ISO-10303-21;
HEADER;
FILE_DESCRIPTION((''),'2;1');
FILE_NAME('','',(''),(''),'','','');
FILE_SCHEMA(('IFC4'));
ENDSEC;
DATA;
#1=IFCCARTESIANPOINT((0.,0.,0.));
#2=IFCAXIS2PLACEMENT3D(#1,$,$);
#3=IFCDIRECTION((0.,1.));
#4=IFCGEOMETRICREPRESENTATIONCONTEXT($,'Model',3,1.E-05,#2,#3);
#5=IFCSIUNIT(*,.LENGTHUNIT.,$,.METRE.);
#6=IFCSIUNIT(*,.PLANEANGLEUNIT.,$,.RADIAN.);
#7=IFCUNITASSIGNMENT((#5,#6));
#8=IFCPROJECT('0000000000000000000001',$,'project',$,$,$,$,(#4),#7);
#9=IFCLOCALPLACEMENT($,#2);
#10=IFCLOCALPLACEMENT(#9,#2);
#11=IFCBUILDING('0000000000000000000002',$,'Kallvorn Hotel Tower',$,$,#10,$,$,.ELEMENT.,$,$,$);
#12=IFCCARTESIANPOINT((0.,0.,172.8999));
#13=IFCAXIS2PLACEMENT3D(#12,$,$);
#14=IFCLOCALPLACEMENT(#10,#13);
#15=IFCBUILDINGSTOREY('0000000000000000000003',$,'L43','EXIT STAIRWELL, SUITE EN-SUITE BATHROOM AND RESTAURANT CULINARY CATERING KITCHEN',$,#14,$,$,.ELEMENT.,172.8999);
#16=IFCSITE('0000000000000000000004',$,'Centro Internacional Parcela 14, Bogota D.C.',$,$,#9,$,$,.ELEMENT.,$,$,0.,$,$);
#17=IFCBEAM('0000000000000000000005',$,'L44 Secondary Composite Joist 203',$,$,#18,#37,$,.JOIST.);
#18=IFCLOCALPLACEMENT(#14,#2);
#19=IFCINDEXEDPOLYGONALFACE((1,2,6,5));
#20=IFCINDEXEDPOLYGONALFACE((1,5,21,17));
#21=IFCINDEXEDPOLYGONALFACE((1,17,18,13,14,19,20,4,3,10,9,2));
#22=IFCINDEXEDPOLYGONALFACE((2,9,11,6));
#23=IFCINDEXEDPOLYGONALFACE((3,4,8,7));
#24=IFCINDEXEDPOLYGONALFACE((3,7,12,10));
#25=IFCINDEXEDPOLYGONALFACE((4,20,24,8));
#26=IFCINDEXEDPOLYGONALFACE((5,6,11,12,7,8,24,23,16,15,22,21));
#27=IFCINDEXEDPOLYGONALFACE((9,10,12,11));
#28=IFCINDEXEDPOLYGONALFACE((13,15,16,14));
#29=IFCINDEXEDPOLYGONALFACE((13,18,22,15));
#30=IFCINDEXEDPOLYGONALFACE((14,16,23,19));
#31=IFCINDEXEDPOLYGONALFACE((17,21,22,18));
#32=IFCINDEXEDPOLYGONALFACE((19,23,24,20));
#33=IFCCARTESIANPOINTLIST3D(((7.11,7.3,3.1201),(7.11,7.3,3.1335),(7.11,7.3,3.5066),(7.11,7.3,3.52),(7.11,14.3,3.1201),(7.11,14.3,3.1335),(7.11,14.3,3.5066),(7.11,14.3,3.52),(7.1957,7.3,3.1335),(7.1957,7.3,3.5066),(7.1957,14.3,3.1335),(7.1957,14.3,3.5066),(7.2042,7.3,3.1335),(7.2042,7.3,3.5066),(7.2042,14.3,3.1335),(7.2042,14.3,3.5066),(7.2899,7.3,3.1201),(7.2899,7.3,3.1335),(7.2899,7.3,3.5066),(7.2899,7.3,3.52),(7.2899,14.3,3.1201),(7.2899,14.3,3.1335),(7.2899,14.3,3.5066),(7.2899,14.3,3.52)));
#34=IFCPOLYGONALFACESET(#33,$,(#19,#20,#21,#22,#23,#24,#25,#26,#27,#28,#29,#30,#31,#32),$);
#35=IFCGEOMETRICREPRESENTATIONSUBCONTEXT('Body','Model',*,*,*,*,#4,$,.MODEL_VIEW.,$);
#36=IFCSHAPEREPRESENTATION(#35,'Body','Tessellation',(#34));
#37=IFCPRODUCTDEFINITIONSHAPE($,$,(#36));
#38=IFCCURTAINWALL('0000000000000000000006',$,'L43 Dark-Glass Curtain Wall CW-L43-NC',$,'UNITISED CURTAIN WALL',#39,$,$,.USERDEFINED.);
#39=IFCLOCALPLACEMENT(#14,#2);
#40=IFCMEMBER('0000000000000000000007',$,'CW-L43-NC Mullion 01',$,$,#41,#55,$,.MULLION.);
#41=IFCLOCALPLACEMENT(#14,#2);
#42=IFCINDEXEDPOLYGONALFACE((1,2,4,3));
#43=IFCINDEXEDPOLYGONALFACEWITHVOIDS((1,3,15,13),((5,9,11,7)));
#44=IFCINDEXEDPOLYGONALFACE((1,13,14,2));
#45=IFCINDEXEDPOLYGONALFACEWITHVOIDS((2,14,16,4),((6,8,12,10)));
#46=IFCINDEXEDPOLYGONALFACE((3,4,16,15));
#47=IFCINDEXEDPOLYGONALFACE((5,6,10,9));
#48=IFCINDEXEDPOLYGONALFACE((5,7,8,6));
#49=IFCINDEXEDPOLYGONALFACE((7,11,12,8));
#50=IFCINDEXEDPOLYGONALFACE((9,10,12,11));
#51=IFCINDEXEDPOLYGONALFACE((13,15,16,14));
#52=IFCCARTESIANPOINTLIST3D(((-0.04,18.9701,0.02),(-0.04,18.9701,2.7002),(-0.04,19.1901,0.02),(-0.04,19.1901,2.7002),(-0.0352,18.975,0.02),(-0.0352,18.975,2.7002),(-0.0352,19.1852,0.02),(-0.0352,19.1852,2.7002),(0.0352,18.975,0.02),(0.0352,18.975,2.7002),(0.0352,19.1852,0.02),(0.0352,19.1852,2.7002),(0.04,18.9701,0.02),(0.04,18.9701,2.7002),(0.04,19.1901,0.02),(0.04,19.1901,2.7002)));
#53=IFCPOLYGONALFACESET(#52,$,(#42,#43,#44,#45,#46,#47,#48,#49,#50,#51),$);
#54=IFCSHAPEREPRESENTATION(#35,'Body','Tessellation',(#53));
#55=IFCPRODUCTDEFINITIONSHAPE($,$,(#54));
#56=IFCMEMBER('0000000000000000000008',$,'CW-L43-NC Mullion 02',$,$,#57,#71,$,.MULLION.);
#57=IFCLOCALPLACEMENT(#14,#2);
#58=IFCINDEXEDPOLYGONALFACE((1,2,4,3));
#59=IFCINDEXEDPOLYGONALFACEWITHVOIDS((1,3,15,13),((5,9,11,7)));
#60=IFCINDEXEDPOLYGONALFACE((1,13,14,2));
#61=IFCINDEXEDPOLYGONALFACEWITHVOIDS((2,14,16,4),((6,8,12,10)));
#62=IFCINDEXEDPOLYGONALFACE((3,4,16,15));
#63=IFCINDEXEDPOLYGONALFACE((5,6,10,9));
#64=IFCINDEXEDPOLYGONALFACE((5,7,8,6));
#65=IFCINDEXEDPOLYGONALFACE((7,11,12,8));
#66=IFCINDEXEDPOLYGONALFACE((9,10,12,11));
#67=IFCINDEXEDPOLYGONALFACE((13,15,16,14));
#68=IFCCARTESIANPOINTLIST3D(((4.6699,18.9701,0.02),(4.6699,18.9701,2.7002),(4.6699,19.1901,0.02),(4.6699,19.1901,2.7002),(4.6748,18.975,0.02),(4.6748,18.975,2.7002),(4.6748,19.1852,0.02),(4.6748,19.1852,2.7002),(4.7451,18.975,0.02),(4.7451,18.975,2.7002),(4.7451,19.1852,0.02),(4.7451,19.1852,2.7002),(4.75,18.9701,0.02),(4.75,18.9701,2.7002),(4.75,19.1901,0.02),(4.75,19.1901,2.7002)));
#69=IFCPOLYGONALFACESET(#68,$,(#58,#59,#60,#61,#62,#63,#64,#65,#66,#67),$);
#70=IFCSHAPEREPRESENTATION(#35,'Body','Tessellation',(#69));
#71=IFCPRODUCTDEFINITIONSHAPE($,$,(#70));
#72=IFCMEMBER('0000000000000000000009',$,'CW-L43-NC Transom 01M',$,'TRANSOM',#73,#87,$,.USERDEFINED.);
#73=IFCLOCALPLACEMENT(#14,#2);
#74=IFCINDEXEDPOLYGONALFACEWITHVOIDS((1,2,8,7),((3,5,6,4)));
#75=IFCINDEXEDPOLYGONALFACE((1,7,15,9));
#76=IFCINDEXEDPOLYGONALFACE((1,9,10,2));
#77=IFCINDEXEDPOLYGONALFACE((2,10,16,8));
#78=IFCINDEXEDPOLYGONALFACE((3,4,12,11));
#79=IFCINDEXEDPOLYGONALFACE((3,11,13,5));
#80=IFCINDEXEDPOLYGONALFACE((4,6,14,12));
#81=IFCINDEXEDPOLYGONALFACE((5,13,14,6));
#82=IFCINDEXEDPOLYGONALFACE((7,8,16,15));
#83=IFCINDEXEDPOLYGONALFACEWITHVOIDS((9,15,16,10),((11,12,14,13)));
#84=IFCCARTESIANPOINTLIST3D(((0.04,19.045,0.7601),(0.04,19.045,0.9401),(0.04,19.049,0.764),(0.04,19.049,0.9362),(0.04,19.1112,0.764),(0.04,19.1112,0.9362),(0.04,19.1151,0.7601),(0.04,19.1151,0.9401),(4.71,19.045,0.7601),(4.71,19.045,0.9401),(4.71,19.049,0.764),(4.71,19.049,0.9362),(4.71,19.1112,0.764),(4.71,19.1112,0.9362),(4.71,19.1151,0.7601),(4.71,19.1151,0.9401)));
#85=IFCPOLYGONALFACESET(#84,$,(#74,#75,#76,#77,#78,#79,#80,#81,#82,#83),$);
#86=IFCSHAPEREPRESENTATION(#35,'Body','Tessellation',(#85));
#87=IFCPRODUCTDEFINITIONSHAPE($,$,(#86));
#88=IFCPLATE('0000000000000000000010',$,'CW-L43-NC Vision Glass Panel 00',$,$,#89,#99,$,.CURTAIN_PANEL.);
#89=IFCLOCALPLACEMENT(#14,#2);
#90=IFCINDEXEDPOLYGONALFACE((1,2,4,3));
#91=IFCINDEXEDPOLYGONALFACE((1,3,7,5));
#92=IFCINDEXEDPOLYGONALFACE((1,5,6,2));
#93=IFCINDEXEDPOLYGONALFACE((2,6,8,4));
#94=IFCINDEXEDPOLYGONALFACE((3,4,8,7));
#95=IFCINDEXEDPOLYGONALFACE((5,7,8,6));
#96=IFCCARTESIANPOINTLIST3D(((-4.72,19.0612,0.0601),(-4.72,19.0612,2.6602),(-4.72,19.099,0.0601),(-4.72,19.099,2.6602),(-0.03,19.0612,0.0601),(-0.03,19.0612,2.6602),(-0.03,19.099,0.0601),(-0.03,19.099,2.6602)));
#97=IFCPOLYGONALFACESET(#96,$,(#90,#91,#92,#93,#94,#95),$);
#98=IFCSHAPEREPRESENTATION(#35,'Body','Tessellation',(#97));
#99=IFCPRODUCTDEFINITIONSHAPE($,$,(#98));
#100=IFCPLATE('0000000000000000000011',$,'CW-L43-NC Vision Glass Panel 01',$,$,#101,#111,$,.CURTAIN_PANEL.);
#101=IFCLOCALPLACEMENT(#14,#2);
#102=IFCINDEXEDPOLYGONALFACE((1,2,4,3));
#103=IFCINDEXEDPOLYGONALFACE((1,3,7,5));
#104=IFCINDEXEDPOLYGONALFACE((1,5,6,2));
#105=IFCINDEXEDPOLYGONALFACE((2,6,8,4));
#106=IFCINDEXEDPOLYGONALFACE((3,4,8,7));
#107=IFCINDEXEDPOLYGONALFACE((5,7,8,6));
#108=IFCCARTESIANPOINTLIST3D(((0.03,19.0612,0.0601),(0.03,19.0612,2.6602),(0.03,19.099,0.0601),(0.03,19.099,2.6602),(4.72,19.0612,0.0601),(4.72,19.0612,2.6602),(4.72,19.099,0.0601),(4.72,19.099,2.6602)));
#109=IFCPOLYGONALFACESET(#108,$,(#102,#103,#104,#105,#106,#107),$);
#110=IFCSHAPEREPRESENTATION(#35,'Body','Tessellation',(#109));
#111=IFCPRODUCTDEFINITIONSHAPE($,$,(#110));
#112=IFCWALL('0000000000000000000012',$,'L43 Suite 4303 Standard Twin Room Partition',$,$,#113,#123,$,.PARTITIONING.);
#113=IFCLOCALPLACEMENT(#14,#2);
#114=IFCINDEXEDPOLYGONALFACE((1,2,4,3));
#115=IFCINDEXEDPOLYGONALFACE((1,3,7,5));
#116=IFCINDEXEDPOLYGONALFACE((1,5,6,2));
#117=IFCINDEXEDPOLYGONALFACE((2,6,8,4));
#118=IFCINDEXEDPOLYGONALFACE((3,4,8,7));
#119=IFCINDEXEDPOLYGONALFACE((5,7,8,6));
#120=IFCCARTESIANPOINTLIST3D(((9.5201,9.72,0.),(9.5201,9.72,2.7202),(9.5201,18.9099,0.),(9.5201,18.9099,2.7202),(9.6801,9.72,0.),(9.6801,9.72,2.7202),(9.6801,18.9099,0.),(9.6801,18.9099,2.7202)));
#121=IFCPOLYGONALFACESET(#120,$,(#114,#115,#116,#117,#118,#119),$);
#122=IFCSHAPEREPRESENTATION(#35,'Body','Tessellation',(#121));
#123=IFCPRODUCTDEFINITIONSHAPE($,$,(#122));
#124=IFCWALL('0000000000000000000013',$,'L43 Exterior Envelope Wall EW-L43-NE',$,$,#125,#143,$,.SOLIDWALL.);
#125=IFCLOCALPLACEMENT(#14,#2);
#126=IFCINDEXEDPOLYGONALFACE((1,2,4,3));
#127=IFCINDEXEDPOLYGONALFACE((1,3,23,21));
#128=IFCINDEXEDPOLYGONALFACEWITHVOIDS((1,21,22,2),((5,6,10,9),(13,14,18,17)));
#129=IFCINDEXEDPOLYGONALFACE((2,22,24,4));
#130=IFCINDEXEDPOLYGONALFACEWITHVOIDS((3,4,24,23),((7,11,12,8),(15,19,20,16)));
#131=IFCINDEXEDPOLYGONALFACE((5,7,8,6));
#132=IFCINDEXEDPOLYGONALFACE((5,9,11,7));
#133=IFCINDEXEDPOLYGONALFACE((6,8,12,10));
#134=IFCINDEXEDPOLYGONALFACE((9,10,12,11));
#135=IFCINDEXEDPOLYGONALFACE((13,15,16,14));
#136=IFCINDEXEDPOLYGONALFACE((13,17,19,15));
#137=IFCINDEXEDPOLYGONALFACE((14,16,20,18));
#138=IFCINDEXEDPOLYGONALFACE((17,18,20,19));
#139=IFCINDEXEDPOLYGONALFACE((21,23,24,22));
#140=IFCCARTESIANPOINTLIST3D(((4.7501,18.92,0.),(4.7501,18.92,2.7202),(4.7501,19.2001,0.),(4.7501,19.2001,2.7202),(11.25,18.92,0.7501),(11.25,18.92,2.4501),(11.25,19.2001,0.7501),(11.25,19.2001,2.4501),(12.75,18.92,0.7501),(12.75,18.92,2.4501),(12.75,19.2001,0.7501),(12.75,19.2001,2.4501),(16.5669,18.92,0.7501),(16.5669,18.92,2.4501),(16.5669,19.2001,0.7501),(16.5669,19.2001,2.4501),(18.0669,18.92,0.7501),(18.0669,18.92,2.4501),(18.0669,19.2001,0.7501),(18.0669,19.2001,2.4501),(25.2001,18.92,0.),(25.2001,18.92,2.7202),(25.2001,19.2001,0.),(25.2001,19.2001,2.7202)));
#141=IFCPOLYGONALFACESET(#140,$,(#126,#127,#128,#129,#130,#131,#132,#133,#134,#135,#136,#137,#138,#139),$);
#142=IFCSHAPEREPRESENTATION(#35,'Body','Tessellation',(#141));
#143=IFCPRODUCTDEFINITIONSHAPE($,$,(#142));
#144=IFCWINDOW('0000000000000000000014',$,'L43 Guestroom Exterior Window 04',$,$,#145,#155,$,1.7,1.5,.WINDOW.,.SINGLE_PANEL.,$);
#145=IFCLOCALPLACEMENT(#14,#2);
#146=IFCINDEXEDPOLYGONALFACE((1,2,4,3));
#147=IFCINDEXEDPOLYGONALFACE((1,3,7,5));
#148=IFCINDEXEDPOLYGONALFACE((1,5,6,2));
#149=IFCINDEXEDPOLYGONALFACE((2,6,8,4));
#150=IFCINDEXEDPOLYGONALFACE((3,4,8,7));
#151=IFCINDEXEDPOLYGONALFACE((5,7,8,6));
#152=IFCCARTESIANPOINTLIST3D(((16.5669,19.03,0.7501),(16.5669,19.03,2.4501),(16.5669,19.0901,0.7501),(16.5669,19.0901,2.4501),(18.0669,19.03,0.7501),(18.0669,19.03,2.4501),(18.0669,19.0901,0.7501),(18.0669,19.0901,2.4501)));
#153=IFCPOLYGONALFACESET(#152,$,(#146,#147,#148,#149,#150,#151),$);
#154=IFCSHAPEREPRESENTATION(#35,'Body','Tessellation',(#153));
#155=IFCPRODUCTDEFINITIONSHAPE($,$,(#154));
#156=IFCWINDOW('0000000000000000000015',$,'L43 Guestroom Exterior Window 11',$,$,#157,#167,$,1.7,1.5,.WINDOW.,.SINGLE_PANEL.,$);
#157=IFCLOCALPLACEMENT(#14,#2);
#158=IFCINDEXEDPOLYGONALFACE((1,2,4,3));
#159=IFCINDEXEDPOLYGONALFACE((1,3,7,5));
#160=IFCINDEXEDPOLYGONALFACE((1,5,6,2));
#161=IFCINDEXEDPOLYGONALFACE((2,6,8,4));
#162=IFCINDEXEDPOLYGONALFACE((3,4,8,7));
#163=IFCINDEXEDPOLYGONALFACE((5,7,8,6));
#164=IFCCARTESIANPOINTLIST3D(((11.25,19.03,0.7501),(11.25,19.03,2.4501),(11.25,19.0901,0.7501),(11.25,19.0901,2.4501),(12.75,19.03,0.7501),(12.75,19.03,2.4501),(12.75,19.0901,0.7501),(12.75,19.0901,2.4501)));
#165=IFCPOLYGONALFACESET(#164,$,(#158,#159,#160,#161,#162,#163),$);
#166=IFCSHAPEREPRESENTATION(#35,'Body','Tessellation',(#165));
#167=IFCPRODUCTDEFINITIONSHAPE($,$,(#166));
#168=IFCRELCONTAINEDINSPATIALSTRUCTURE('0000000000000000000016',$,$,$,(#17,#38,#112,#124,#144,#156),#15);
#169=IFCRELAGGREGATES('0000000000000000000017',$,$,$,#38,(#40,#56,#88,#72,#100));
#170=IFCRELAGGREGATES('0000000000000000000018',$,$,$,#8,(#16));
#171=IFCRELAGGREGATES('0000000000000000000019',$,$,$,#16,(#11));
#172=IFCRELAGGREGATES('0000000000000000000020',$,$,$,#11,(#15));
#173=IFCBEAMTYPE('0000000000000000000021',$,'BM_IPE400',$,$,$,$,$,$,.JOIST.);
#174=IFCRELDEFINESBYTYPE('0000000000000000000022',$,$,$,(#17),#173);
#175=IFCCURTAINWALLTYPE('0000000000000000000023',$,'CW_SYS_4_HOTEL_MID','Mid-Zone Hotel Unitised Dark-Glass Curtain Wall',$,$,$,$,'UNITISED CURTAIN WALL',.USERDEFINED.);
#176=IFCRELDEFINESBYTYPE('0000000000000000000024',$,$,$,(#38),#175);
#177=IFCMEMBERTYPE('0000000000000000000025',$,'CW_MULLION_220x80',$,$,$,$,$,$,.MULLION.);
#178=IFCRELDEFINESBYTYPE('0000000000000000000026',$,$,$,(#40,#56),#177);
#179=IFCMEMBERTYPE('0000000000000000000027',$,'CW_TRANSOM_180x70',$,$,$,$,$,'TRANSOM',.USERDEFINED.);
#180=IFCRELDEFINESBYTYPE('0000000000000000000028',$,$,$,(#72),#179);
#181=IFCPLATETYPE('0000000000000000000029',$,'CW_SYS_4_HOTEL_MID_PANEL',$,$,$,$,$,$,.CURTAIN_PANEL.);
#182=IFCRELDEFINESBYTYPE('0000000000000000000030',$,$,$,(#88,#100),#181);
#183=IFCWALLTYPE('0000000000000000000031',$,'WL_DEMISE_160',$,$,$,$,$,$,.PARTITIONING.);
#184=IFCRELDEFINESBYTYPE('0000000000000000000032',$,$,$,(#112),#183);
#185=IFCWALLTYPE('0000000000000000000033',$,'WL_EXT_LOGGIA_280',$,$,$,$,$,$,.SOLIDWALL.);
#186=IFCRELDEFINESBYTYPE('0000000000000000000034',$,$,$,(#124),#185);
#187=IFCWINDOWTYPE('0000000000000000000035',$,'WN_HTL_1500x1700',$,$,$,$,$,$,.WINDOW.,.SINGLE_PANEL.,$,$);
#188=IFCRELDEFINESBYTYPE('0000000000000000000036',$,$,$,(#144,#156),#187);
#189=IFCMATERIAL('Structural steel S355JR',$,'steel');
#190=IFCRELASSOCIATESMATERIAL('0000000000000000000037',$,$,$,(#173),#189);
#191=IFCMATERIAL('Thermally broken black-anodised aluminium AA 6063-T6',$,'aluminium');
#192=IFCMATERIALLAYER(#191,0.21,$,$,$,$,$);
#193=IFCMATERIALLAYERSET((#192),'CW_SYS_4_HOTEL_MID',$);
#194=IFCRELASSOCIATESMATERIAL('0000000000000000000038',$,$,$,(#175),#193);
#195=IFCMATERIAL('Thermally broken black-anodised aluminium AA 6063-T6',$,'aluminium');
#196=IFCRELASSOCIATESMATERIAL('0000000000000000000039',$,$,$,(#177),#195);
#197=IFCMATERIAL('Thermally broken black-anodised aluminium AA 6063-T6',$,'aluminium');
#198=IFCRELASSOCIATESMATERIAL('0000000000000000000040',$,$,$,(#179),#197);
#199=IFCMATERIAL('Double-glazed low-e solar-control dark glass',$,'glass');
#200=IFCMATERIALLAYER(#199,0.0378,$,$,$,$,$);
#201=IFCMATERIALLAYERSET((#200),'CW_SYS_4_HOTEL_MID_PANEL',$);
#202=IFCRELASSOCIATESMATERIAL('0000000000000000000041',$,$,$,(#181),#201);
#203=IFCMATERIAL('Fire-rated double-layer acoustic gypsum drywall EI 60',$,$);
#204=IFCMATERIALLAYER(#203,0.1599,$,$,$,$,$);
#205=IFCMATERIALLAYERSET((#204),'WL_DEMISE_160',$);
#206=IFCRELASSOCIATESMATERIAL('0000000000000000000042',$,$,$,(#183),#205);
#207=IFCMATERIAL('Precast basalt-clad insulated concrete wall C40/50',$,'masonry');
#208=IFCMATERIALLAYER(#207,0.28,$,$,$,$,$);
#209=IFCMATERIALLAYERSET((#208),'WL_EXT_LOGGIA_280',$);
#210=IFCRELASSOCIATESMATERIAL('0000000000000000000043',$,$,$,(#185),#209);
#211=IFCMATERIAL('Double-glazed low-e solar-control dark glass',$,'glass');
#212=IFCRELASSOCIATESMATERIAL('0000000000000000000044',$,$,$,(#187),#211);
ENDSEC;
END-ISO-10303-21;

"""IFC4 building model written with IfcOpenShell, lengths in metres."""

from ifc_helpers import new_model, si_unit, direction, frame, frame_2d, origin, origin_2d, place, context, subcontext, project, spatial, rectangle, hollow_rectangle, i_section, extrude, material, layer, layer_set, material_profile, profile_set, type_object, element, fill, aggregate, save


model = new_model("IFC4")

# Units and contexts
model_context = context("Model", 3, precision=1e-05, world=origin(), true_north=direction((0.0, 1.0)))
body_context = subcontext(model_context, "Body", "Model", "MODEL_VIEW")
ifc_project = project(units=[si_unit("LENGTHUNIT", "METRE"), si_unit("PLANEANGLEUNIT", "RADIAN")], contexts=[model_context])

# Site, building, storey
site_placement = place(None, origin())
site = spatial("IfcSite", under=ifc_project, at=site_placement, Name="Centro Internacional Parcela 14, Bogota D.C.", CompositionType="ELEMENT", RefElevation=0.0)
building_placement = place(site_placement, origin())
building = spatial("IfcBuilding", under=site, at=building_placement, Name="Kallvorn Hotel Tower", CompositionType="ELEMENT")
storey_placement = place(building_placement, frame((0.0, 0.0, 172.8999)))
storey = spatial("IfcBuildingStorey", under=building, at=storey_placement, Name="L43", Description="EXIT STAIRWELL, SUITE EN-SUITE BATHROOM AND RESTAURANT CULINARY CATERING KITCHEN", CompositionType="ELEMENT", Elevation=172.8999)

# Beam
ifc_material_1 = material(Name="Structural steel S355JR", Category="steel")
ifc_material_profile_1 = material_profile(ifc_material_1, i_section(OverallWidth=0.1799, OverallDepth=0.3999, WebThickness=0.0085, FlangeThickness=0.0134, at=origin_2d()), Name="IPE 400")
ifc_profile_set_1 = profile_set([ifc_material_profile_1], Name="Structural steel S355JR")
beam_type_1 = type_object("IfcBeamType", Name="BM_IPE400", PredefinedType="JOIST", material=ifc_profile_set_1)
for number, where, z_axis, x_axis, name in (
    (1, (7.2, 7.3, 3.3201), (0.0, 1.0, 0.0), (-1.0, 0.0, 0.0), "L44 Secondary Composite Joist 203"),
):
    element("IfcBeam", number, at=place(storey_placement, frame(where, z_axis=z_axis, x_axis=x_axis)), inside=storey, type_object=beam_type_1, Name=name, PredefinedType="JOIST", context=body_context, shape_type="SweptSolid", body=[
        extrude(i_section(OverallWidth=0.1799, OverallDepth=0.3999, WebThickness=0.0085, FlangeThickness=0.0134, at=origin_2d()), origin(), (0.0, 0.0, 1.0), 7.0),
    ])

# Curtain wall, members, plates
ifc_material_2 = material(Name="Thermally broken black-anodised aluminium AA 6063-T6", Category="aluminium")
ifc_layer_1 = layer(ifc_material_2, 0.21)
ifc_layer_set_1 = layer_set([ifc_layer_1], Name="CW_SYS_4_HOTEL_MID")
curtain_wall_type = type_object("IfcCurtainWallType", Name="CW_SYS_4_HOTEL_MID", Description="Mid-Zone Hotel Unitised Dark-Glass Curtain Wall", ElementType="UNITISED CURTAIN WALL", PredefinedType="USERDEFINED", material=ifc_layer_set_1)
curtain_wall_placement = place(storey_placement, origin())
curtain_wall = element("IfcCurtainWall", 2, at=curtain_wall_placement, inside=storey, type_object=curtain_wall_type, Name="L43 Dark-Glass Curtain Wall CW-L43-NC", ObjectType="UNITISED CURTAIN WALL", PredefinedType="USERDEFINED")
ifc_material_3 = material(Name="Thermally broken black-anodised aluminium AA 6063-T6", Category="aluminium")
ifc_material_profile_2 = material_profile(ifc_material_3, hollow_rectangle(XDim=0.0801, YDim=0.22, WallThickness=0.0049, at=origin_2d()), Name="MUL 220x80")
ifc_profile_set_2 = profile_set([ifc_material_profile_2], Name="Thermally broken black-anodised aluminium AA 6063-T6")
member_type_1 = type_object("IfcMemberType", Name="CW_MULLION_220x80", PredefinedType="MULLION", material=ifc_profile_set_2)
member_1_placement = place(storey_placement, frame((0.0, 19.0801, 0.02), z_axis=(0.0, 0.0, 1.0), x_axis=(1.0, 0.0, 0.0)))
member_1 = element("IfcMember", 3, at=member_1_placement, type_object=member_type_1, Name="CW-L43-NC Mullion 01", PredefinedType="MULLION", context=body_context, shape_type="SweptSolid", body=[
    extrude(hollow_rectangle(XDim=0.0801, YDim=0.22, WallThickness=0.0049, at=origin_2d()), origin(), (0.0, 0.0, 1.0), 2.6802),
])
member_2_placement = place(storey_placement, frame((4.71, 19.0801, 0.02), z_axis=(0.0, 0.0, 1.0), x_axis=(1.0, 0.0, 0.0)))
member_2 = element("IfcMember", 4, at=member_2_placement, type_object=member_type_1, Name="CW-L43-NC Mullion 02", PredefinedType="MULLION", context=body_context, shape_type="SweptSolid", body=[
    extrude(hollow_rectangle(XDim=0.0801, YDim=0.22, WallThickness=0.0049, at=origin_2d()), origin(), (0.0, 0.0, 1.0), 2.6802),
])
ifc_material_4 = material(Name="Thermally broken black-anodised aluminium AA 6063-T6", Category="aluminium")
ifc_material_profile_3 = material_profile(ifc_material_4, hollow_rectangle(XDim=0.0701, YDim=0.1799, WallThickness=0.0039, at=origin_2d()), Name="TRN 180x70")
ifc_profile_set_3 = profile_set([ifc_material_profile_3], Name="Thermally broken black-anodised aluminium AA 6063-T6")
member_type_2 = type_object("IfcMemberType", Name="CW_TRANSOM_180x70", ElementType="TRANSOM", PredefinedType="USERDEFINED", material=ifc_profile_set_3)
member_3_placement = place(storey_placement, frame((0.04, 19.0801, 0.8501), z_axis=(1.0, 0.0, 0.0), x_axis=(0.0, 1.0, 0.0)))
member_3 = element("IfcMember", 5, at=member_3_placement, type_object=member_type_2, Name="CW-L43-NC Transom 01M", ObjectType="TRANSOM", PredefinedType="USERDEFINED", context=body_context, shape_type="SweptSolid", body=[
    extrude(hollow_rectangle(XDim=0.0701, YDim=0.1799, WallThickness=0.0039, at=origin_2d()), origin(), (0.0, 0.0, 1.0), 4.6699),
])
ifc_material_5 = material(Name="Double-glazed low-e solar-control dark glass", Category="glass")
ifc_layer_2 = layer(ifc_material_5, 0.0378)
ifc_layer_set_2 = layer_set([ifc_layer_2], Name="CW_SYS_4_HOTEL_MID_PANEL")
plate_type = type_object("IfcPlateType", Name="CW_SYS_4_HOTEL_MID_PANEL", PredefinedType="CURTAIN_PANEL", material=ifc_layer_set_2)
plate_1_placement = place(storey_placement, frame((-2.375, 19.0801, 0.0601), z_axis=(0.0, 0.0, 1.0), x_axis=(1.0, 0.0, 0.0)))
plate_1 = element("IfcPlate", 6, at=plate_1_placement, type_object=plate_type, Name="CW-L43-NC Vision Glass Panel 00", PredefinedType="CURTAIN_PANEL", context=body_context, shape_type="SweptSolid", body=[
    extrude(rectangle(XDim=4.6899, YDim=0.0378, at=origin_2d()), origin(), (0.0, 0.0, 1.0), 2.6001),
])
plate_2_placement = place(storey_placement, frame((2.375, 19.0801, 0.0601), z_axis=(0.0, 0.0, 1.0), x_axis=(1.0, 0.0, 0.0)))
plate_2 = element("IfcPlate", 7, at=plate_2_placement, type_object=plate_type, Name="CW-L43-NC Vision Glass Panel 01", PredefinedType="CURTAIN_PANEL", context=body_context, shape_type="SweptSolid", body=[
    extrude(rectangle(XDim=4.6899, YDim=0.0378, at=origin_2d()), origin(), (0.0, 0.0, 1.0), 2.6001),
])
aggregate(curtain_wall, [member_1, member_2, plate_1, member_3, plate_2])

# Wall
ifc_material_6 = material(Name="Fire-rated double-layer acoustic gypsum drywall EI 60")
ifc_layer_3 = layer(ifc_material_6, 0.1599)
ifc_layer_set_3 = layer_set([ifc_layer_3], Name="WL_DEMISE_160")
wall_type_1 = type_object("IfcWallType", Name="WL_DEMISE_160", PredefinedType="PARTITIONING", material=ifc_layer_set_3)
wall_1_placement = place(storey_placement, frame((9.6001, 9.72, 0.0), z_axis=(0.0, 0.0, 1.0), x_axis=(0.0, 1.0, 0.0)))
element("IfcWall", 8, at=wall_1_placement, inside=storey, type_object=wall_type_1, Name="L43 Suite 4303 Standard Twin Room Partition", PredefinedType="PARTITIONING", context=body_context, shape_type="SweptSolid", body=[
    extrude(rectangle(XDim=9.1899, YDim=0.1599, at=frame_2d((4.595, 0.0))), origin(), (0.0, 0.0, 1.0), 2.7202),
])

# Wall, openings, windows
ifc_material_7 = material(Name="Precast basalt-clad insulated concrete wall C40/50", Category="masonry")
ifc_layer_4 = layer(ifc_material_7, 0.28)
ifc_layer_set_4 = layer_set([ifc_layer_4], Name="WL_EXT_LOGGIA_280")
wall_type_2 = type_object("IfcWallType", Name="WL_EXT_LOGGIA_280", PredefinedType="SOLIDWALL", material=ifc_layer_set_4)
wall_2_placement = place(storey_placement, frame((4.75, 19.0601, 0.0), z_axis=(0.0, 0.0, 1.0), x_axis=(1.0, 0.0, 0.0)))
wall_2 = element("IfcWall", 9, at=wall_2_placement, inside=storey, type_object=wall_type_2, Name="L43 Exterior Envelope Wall EW-L43-NE", PredefinedType="SOLIDWALL", context=body_context, shape_type="SweptSolid", body=[
    extrude(rectangle(XDim=20.45, YDim=0.28, at=frame_2d((10.2251, 0.0))), origin(), (0.0, 0.0, 1.0), 2.7202),
])
opening_1_placement = place(wall_2_placement, frame((11.8169, 0.0, 0.75)))
opening_1 = element("IfcOpeningElement", 10, at=opening_1_placement, cuts=wall_2, PredefinedType="OPENING", context=body_context, shape_type="SweptSolid", body=[
    extrude(rectangle(XDim=1.5, YDim=1.7, at=frame_2d((0.75, 0.8501))), frame((0.0, 0.155, 0.0), z_axis=(0.0, -1.0, 0.0), x_axis=(1.0, 0.0, 0.0)), (0.0, 0.0, 1.0), 0.3101),
])
opening_2_placement = place(wall_2_placement, frame((6.5, 0.0, 0.75)))
opening_2 = element("IfcOpeningElement", 11, at=opening_2_placement, cuts=wall_2, PredefinedType="OPENING", context=body_context, shape_type="SweptSolid", body=[
    extrude(rectangle(XDim=1.5, YDim=1.7, at=frame_2d((0.75, 0.8501))), frame((0.0, 0.155, 0.0), z_axis=(0.0, -1.0, 0.0), x_axis=(1.0, 0.0, 0.0)), (0.0, 0.0, 1.0), 0.3101),
])
ifc_material_8 = material(Name="Double-glazed low-e solar-control dark glass", Category="glass")
window_type = type_object("IfcWindowType", Name="WN_HTL_1500x1700", PartitioningType="SINGLE_PANEL", PredefinedType="WINDOW", material=ifc_material_8)
window_1_placement = place(opening_1_placement, origin())
window_1 = element("IfcWindow", 12, at=window_1_placement, inside=storey, type_object=window_type, Name="L43 Guestroom Exterior Window 04", OverallHeight=1.7, OverallWidth=1.5, PartitioningType="SINGLE_PANEL", PredefinedType="WINDOW", context=body_context, shape_type="SweptSolid", body=[
    extrude(rectangle(XDim=1.5, YDim=1.7, at=frame_2d((0.75, 0.8501))), frame((0.0, 0.03, 0.0), z_axis=(0.0, -1.0, 0.0), x_axis=(1.0, 0.0, 0.0)), (0.0, 0.0, 1.0), 0.0601),
])
fill(opening_1, window_1)
window_2_placement = place(opening_2_placement, origin())
window_2 = element("IfcWindow", 13, at=window_2_placement, inside=storey, type_object=window_type, Name="L43 Guestroom Exterior Window 11", OverallHeight=1.7, OverallWidth=1.5, PartitioningType="SINGLE_PANEL", PredefinedType="WINDOW", context=body_context, shape_type="SweptSolid", body=[
    extrude(rectangle(XDim=1.5, YDim=1.7, at=frame_2d((0.75, 0.8501))), frame((0.0, 0.03, 0.0), z_axis=(0.0, -1.0, 0.0), x_axis=(1.0, 0.0, 0.0)), (0.0, 0.0, 1.0), 0.0601),
])
fill(opening_2, window_2)

save(model, "model.ifc")
